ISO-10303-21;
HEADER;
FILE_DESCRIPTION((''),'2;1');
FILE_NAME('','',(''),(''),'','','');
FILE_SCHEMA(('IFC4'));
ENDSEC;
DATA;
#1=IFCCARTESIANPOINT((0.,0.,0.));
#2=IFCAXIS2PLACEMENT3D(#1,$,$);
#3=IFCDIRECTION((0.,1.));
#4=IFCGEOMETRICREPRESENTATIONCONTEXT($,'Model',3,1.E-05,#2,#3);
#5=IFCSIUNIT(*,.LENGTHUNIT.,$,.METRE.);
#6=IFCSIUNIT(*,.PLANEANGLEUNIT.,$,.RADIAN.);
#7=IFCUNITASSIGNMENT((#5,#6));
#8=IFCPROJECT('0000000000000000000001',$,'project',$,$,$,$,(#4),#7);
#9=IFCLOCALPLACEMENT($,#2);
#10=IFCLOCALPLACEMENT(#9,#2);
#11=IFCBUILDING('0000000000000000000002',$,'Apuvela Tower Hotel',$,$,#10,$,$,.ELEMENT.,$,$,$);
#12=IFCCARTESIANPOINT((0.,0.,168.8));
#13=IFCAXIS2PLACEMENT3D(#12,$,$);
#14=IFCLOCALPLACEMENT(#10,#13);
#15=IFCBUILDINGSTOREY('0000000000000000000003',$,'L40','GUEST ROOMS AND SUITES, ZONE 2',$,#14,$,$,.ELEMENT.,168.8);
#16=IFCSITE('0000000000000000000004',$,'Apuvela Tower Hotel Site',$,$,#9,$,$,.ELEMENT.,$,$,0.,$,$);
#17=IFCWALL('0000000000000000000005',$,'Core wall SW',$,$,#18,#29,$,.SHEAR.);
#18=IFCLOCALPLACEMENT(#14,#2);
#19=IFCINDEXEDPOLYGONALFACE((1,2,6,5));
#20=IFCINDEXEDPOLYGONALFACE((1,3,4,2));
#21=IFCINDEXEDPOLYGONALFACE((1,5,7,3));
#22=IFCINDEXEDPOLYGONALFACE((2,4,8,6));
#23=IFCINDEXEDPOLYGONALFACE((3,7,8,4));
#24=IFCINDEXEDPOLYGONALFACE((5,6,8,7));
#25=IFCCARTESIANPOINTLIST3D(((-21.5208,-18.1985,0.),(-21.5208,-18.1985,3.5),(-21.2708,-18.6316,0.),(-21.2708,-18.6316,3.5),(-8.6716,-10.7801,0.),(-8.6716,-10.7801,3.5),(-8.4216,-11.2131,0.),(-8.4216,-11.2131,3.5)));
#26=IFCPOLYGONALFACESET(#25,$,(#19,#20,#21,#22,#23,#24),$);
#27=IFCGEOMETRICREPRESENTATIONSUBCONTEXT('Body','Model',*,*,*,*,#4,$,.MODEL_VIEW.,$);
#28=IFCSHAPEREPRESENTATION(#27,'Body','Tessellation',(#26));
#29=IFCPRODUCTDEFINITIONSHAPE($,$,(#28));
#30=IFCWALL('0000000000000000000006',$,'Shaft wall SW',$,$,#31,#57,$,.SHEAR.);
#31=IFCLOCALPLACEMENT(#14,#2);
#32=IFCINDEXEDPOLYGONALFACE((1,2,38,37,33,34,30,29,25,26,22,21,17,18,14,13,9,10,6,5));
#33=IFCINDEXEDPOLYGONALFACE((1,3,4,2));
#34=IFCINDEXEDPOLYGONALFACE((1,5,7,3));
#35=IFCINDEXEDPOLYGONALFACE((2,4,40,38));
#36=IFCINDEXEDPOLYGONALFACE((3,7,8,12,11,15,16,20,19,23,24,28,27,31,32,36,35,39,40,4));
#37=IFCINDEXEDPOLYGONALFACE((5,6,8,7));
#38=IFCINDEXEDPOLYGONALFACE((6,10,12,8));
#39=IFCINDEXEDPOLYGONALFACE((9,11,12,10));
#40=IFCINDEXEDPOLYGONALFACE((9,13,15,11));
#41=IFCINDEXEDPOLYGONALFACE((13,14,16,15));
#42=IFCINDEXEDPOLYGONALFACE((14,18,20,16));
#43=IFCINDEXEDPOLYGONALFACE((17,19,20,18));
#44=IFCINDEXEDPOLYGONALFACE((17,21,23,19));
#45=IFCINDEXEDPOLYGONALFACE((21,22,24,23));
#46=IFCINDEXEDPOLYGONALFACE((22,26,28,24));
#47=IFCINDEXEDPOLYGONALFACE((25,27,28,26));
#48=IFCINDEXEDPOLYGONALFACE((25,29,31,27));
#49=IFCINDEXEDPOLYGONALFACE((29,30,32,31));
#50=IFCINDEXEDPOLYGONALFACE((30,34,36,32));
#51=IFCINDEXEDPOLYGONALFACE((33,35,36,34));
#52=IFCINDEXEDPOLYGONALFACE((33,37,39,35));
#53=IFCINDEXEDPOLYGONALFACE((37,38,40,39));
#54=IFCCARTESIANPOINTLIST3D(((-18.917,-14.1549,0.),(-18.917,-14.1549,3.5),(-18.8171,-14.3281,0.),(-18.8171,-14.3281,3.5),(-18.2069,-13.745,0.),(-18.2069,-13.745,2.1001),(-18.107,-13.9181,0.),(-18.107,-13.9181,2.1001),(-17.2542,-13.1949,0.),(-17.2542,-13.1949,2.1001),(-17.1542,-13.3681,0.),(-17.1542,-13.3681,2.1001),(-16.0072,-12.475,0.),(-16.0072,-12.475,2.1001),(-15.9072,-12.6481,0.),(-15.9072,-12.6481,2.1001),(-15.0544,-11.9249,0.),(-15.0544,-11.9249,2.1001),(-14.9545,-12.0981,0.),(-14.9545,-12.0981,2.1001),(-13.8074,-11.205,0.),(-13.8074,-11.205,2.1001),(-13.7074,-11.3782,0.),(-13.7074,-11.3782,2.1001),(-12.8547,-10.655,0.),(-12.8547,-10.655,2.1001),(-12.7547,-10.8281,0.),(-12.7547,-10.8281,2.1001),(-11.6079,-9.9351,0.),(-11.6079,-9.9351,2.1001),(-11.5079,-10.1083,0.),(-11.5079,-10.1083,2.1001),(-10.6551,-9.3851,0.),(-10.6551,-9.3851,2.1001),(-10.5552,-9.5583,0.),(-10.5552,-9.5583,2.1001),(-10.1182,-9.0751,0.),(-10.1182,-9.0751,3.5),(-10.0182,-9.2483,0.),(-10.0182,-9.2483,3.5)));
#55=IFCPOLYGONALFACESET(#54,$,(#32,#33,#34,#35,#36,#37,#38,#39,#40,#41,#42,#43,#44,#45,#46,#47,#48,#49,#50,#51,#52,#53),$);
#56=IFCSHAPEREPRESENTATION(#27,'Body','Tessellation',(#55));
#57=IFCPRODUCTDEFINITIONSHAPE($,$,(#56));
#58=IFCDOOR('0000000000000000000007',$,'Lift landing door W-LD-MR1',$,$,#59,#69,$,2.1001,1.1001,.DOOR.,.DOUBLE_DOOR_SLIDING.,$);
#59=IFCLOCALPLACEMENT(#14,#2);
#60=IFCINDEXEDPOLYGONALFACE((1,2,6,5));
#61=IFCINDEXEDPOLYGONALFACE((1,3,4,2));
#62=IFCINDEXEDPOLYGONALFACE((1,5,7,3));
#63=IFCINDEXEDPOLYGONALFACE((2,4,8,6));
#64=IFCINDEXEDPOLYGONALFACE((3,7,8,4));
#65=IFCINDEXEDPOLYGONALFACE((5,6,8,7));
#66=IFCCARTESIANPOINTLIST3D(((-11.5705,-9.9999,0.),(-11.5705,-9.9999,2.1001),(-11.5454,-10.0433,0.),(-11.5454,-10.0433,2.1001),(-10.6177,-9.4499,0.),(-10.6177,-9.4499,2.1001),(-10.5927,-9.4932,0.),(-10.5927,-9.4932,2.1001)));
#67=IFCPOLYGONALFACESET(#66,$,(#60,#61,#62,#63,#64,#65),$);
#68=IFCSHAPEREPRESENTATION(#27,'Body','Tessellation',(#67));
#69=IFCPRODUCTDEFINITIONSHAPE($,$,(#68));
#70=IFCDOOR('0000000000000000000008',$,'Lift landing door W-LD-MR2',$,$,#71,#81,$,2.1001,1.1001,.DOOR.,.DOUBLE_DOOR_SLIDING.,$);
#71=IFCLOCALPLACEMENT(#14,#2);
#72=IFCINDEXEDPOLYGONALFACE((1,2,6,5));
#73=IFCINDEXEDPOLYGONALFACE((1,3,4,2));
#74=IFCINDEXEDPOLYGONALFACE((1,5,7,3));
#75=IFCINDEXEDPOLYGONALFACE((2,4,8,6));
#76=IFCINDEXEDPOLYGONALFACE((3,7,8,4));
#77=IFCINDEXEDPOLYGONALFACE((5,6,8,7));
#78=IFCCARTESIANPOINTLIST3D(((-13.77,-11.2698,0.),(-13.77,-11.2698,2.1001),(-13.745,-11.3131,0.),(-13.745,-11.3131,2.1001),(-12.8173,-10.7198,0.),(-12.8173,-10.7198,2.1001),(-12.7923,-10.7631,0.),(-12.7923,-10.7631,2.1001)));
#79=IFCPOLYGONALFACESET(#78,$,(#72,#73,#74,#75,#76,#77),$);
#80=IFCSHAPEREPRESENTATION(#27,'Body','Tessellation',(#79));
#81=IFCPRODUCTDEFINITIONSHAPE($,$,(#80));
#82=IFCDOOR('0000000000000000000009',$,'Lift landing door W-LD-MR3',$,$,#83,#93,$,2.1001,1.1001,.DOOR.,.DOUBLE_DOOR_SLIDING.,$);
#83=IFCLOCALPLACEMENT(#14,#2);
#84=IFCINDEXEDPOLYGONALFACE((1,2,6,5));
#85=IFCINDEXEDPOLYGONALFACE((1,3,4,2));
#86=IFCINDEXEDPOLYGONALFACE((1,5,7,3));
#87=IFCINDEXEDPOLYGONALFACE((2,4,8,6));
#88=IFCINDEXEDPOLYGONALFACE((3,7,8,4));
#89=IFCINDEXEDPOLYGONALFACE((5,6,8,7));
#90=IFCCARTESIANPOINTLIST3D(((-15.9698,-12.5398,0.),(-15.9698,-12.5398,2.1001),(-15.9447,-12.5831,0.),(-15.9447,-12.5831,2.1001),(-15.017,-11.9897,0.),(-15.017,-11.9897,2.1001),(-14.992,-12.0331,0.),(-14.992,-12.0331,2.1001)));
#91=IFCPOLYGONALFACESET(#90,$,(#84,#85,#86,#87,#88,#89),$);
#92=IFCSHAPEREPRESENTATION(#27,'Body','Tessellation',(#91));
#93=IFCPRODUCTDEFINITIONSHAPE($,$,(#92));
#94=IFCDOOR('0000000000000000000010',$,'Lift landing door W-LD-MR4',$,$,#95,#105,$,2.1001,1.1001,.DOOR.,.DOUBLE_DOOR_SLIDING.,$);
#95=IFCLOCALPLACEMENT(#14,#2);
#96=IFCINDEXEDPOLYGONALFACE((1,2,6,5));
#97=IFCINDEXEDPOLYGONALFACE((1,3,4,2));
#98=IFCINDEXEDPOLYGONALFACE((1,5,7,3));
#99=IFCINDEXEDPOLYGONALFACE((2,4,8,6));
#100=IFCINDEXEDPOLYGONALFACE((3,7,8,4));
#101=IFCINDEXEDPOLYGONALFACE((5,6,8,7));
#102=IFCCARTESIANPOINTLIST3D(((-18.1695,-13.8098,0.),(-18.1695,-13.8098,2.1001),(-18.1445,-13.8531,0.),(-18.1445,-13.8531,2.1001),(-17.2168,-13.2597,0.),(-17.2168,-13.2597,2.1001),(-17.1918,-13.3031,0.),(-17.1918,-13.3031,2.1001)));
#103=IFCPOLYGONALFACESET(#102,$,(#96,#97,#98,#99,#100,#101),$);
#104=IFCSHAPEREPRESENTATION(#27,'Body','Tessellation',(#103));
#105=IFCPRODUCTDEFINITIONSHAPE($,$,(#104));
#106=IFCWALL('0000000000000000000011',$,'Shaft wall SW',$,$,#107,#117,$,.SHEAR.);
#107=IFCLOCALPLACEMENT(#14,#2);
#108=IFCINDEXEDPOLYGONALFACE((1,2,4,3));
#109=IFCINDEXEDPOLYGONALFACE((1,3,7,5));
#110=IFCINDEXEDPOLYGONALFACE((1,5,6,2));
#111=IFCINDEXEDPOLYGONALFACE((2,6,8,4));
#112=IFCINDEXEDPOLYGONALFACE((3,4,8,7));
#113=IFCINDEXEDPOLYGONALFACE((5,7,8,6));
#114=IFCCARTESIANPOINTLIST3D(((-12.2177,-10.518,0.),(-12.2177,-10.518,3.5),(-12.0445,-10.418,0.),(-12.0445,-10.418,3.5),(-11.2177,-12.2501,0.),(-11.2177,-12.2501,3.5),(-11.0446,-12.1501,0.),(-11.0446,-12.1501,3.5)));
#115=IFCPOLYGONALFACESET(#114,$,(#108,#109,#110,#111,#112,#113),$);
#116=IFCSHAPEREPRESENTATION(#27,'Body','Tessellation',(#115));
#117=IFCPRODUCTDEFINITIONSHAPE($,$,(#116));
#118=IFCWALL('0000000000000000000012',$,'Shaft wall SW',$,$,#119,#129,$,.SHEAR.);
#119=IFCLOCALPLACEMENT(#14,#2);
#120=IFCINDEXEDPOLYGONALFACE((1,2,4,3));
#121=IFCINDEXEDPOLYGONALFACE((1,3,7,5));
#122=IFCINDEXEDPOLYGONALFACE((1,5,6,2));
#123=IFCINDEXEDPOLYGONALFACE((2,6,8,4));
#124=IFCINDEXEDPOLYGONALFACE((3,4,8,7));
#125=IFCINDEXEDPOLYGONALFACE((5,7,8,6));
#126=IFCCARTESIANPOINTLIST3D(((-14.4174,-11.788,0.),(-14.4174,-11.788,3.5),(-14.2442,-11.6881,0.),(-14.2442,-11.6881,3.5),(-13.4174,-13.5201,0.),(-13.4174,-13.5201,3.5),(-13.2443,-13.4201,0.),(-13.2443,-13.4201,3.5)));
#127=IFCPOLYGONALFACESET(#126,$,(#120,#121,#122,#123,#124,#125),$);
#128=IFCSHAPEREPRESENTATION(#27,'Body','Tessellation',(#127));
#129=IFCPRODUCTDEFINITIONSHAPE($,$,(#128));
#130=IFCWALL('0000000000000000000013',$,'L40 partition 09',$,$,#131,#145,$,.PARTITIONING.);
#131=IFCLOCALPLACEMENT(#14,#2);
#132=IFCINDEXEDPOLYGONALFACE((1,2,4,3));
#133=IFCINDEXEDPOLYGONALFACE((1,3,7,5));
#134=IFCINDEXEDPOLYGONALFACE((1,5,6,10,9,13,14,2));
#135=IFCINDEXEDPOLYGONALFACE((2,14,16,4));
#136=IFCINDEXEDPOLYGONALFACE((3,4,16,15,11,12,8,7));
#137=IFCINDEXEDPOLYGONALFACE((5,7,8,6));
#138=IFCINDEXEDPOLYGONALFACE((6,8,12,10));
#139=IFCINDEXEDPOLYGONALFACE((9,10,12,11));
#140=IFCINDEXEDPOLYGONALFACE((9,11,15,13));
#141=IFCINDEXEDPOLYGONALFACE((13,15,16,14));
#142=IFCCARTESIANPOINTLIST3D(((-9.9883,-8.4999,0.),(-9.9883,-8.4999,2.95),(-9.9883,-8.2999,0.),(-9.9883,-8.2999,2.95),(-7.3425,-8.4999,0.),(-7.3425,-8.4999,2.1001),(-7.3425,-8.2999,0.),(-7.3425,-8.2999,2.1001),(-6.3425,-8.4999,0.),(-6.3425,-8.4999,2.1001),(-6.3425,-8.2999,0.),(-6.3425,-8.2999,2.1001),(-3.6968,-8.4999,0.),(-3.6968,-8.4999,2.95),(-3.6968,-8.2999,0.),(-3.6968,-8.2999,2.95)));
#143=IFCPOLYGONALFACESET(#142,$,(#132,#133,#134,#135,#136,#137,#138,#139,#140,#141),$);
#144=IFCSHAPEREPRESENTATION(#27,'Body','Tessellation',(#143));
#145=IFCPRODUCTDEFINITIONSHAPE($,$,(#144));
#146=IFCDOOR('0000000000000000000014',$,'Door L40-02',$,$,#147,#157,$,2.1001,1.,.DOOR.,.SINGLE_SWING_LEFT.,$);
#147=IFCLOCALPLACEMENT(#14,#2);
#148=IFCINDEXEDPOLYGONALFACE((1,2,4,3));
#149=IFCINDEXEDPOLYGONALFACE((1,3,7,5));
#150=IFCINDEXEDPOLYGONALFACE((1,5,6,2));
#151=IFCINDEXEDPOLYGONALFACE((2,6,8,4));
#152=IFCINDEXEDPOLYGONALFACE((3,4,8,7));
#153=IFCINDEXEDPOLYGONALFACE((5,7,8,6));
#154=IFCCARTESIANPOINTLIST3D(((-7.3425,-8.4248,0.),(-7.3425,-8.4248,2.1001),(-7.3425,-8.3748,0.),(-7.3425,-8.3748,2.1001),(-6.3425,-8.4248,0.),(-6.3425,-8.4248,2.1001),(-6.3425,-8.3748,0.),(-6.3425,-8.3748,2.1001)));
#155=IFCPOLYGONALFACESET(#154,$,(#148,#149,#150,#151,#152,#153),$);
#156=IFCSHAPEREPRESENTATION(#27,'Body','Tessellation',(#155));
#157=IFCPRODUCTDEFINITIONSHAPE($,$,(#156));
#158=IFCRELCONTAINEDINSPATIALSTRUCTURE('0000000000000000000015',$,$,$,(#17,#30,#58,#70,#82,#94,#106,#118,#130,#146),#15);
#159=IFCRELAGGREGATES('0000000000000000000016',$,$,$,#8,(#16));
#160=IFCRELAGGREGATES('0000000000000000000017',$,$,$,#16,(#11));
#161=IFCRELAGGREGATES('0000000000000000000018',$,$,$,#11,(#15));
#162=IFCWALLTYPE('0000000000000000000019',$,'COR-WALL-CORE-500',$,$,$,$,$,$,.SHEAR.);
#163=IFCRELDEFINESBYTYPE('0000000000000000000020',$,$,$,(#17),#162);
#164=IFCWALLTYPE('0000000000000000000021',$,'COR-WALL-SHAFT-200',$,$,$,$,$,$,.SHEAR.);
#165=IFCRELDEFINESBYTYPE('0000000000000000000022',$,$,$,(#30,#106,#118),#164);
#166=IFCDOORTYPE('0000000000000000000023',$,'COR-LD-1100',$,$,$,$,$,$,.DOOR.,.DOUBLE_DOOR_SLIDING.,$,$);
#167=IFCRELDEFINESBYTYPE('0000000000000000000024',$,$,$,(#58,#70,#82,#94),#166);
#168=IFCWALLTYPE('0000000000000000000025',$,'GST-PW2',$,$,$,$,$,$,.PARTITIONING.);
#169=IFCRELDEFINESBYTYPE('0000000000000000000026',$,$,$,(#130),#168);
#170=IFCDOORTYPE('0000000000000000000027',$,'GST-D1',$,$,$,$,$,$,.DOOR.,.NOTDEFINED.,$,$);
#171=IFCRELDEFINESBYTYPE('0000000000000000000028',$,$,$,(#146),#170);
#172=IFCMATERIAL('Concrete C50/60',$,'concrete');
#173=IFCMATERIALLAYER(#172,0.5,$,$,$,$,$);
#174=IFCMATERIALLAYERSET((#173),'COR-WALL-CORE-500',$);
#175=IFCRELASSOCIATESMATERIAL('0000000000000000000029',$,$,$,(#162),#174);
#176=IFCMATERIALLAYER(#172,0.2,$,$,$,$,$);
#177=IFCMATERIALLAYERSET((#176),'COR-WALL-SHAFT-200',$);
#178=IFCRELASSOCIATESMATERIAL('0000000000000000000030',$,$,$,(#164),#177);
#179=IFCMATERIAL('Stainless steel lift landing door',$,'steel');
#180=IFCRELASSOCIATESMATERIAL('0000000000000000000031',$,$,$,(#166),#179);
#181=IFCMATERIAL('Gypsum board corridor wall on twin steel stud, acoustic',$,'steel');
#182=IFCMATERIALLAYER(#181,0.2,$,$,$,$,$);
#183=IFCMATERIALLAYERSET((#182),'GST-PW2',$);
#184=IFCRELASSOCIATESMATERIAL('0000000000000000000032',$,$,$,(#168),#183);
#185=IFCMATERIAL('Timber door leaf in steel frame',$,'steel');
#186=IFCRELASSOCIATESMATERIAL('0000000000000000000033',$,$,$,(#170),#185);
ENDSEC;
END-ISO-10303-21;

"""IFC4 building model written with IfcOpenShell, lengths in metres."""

from ifc_helpers import new_model, si_unit, direction, frame, frame_2d, origin, place, context, subcontext, project, spatial, rectangle, extrude, material, layer, layer_set, type_object, element, fill, save


model = new_model("IFC4")

# Units and contexts
model_context = context("Model", 3, precision=1e-05, world=origin(), true_north=direction((0.0, 1.0)))
body_context = subcontext(model_context, "Body", "Model", "MODEL_VIEW")
ifc_project = project(units=[si_unit("LENGTHUNIT", "METRE"), si_unit("PLANEANGLEUNIT", "RADIAN")], contexts=[model_context])

# Site, building, storey
site_placement = place(None, origin())
site = spatial("IfcSite", under=ifc_project, at=site_placement, Name="Apuvela Tower Hotel Site", CompositionType="ELEMENT", RefElevation=0.0)
building_placement = place(site_placement, origin())
building = spatial("IfcBuilding", under=site, at=building_placement, Name="Apuvela Tower Hotel", CompositionType="ELEMENT")
storey_placement = place(building_placement, frame((0.0, 0.0, 168.8)))
storey = spatial("IfcBuildingStorey", under=building, at=storey_placement, Name="L40", Description="GUEST ROOMS AND SUITES, ZONE 2", CompositionType="ELEMENT", Elevation=168.8)

# Wall
ifc_material_1 = material(Name="Concrete C50/60", Category="concrete")
ifc_layer_1 = layer(ifc_material_1, 0.5)
ifc_layer_set_1 = layer_set([ifc_layer_1], Name="COR-WALL-CORE-500")
wall_type_1 = type_object("IfcWallType", Name="COR-WALL-CORE-500", PredefinedType="SHEAR", material=ifc_layer_set_1)
wall_1_placement = place(storey_placement, frame((-8.5466, -10.9966, 0.0), z_axis=(0.0, 0.0, 1.0), x_axis=(-0.866025, -0.500001, 0.0)))
element("IfcWall", 1, at=wall_1_placement, inside=storey, type_object=wall_type_1, Name="Core wall SW", PredefinedType="SHEAR", context=body_context, shape_type="SweptSolid", body=[
    extrude(rectangle(XDim=14.8369, YDim=0.5, at=frame_2d((7.4185, 0.0))), origin(), (0.0, 0.0, 1.0), 3.5),
])

# Wall, openings, doors
ifc_layer_2 = layer(ifc_material_1, 0.2)
ifc_layer_set_2 = layer_set([ifc_layer_2], Name="COR-WALL-SHAFT-200")
wall_type_2 = type_object("IfcWallType", Name="COR-WALL-SHAFT-200", PredefinedType="SHEAR", material=ifc_layer_set_2)
wall_2_placement = place(storey_placement, frame((-10.0681, -9.1616, 0.0), z_axis=(0.0, 0.0, 1.0), x_axis=(-0.866033, -0.499987, 0.0)))
wall_2 = element("IfcWall", 2, at=wall_2_placement, inside=storey, type_object=wall_type_2, Name="Shaft wall SW", PredefinedType="SHEAR", context=body_context, shape_type="SweptSolid", body=[
    extrude(rectangle(XDim=10.1599, YDim=0.2, at=frame_2d((5.0801, 0.0))), origin(), (0.0, 0.0, 1.0), 3.5),
])
opening_1_placement = place(wall_2_placement, frame((0.6201, 0.0, 0.0)))
opening_1 = element("IfcOpeningElement", 3, at=opening_1_placement, cuts=wall_2, PredefinedType="OPENING", context=body_context, shape_type="SweptSolid", body=[
    extrude(rectangle(XDim=1.1001, YDim=2.1001, at=frame_2d((0.55, 1.05))), frame((0.0, 0.1099, 0.0), z_axis=(0.0, -1.0, 0.0), x_axis=(1.0, 0.0, 0.0)), (0.0, 0.0, 1.0), 0.22),
])
opening_2_placement = place(wall_2_placement, frame((3.1599, 0.0, 0.0)))
opening_2 = element("IfcOpeningElement", 4, at=opening_2_placement, cuts=wall_2, PredefinedType="OPENING", context=body_context, shape_type="SweptSolid", body=[
    extrude(rectangle(XDim=1.1001, YDim=2.1001, at=frame_2d((0.55, 1.05))), frame((0.0, 0.1099, 0.0), z_axis=(0.0, -1.0, 0.0), x_axis=(1.0, 0.0, 0.0)), (0.0, 0.0, 1.0), 0.22),
])
opening_3_placement = place(wall_2_placement, frame((5.7, 0.0, 0.0)))
opening_3 = element("IfcOpeningElement", 5, at=opening_3_placement, cuts=wall_2, PredefinedType="OPENING", context=body_context, shape_type="SweptSolid", body=[
    extrude(rectangle(XDim=1.1001, YDim=2.1001, at=frame_2d((0.55, 1.05))), frame((0.0, 0.1099, 0.0), z_axis=(0.0, -1.0, 0.0), x_axis=(1.0, 0.0, 0.0)), (0.0, 0.0, 1.0), 0.22),
])
opening_4_placement = place(wall_2_placement, frame((8.24, 0.0, 0.0)))
opening_4 = element("IfcOpeningElement", 6, at=opening_4_placement, cuts=wall_2, PredefinedType="OPENING", context=body_context, shape_type="SweptSolid", body=[
    extrude(rectangle(XDim=1.1001, YDim=2.1001, at=frame_2d((0.55, 1.05))), frame((0.0, 0.1099, 0.0), z_axis=(0.0, -1.0, 0.0), x_axis=(1.0, 0.0, 0.0)), (0.0, 0.0, 1.0), 0.22),
])
ifc_material_2 = material(Name="Stainless steel lift landing door", Category="steel")
door_type_1 = type_object("IfcDoorType", Name="COR-LD-1100", OperationType="DOUBLE_DOOR_SLIDING", PredefinedType="DOOR", material=ifc_material_2)
door_1_placement = place(opening_1_placement, origin())
door_1 = element("IfcDoor", 7, at=door_1_placement, inside=storey, type_object=door_type_1, Name="Lift landing door W-LD-MR1", OperationType="DOUBLE_DOOR_SLIDING", OverallHeight=2.1001, OverallWidth=1.1001, PredefinedType="DOOR", context=body_context, shape_type="SweptSolid", body=[
    extrude(rectangle(XDim=1.1001, YDim=2.1001, at=frame_2d((0.55, 1.05))), frame((0.0, 0.0249, 0.0), z_axis=(0.0, -1.0, 0.0), x_axis=(1.0, 0.0, 0.0)), (0.0, 0.0, 1.0), 0.05),
])
fill(opening_1, door_1)
door_2_placement = place(opening_2_placement, origin())
door_2 = element("IfcDoor", 8, at=door_2_placement, inside=storey, type_object=door_type_1, Name="Lift landing door W-LD-MR2", OperationType="DOUBLE_DOOR_SLIDING", OverallHeight=2.1001, OverallWidth=1.1001, PredefinedType="DOOR", context=body_context, shape_type="SweptSolid", body=[
    extrude(rectangle(XDim=1.1001, YDim=2.1001, at=frame_2d((0.55, 1.05))), frame((0.0, 0.0249, 0.0), z_axis=(0.0, -1.0, 0.0), x_axis=(1.0, 0.0, 0.0)), (0.0, 0.0, 1.0), 0.05),
])
fill(opening_2, door_2)
door_3_placement = place(opening_3_placement, origin())
door_3 = element("IfcDoor", 9, at=door_3_placement, inside=storey, type_object=door_type_1, Name="Lift landing door W-LD-MR3", OperationType="DOUBLE_DOOR_SLIDING", OverallHeight=2.1001, OverallWidth=1.1001, PredefinedType="DOOR", context=body_context, shape_type="SweptSolid", body=[
    extrude(rectangle(XDim=1.1001, YDim=2.1001, at=frame_2d((0.55, 1.05))), frame((0.0, 0.0249, 0.0), z_axis=(0.0, -1.0, 0.0), x_axis=(1.0, 0.0, 0.0)), (0.0, 0.0, 1.0), 0.05),
])
fill(opening_3, door_3)
door_4_placement = place(opening_4_placement, origin())
door_4 = element("IfcDoor", 10, at=door_4_placement, inside=storey, type_object=door_type_1, Name="Lift landing door W-LD-MR4", OperationType="DOUBLE_DOOR_SLIDING", OverallHeight=2.1001, OverallWidth=1.1001, PredefinedType="DOOR", context=body_context, shape_type="SweptSolid", body=[
    extrude(rectangle(XDim=1.1001, YDim=2.1001, at=frame_2d((0.55, 1.05))), frame((0.0, 0.0249, 0.0), z_axis=(0.0, -1.0, 0.0), x_axis=(1.0, 0.0, 0.0)), (0.0, 0.0, 1.0), 0.05),
])
fill(opening_4, door_4)

# Walls
for number, where, z_axis, x_axis, name in (
    (11, (-12.1311, -10.468, 0.0), (0.0, 0.0, 1.0), (0.499973, -0.866041, 0.0), "Shaft wall SW"),
    (12, (-14.3308, -11.738, 0.0), (0.0, 0.0, 1.0), (0.499973, -0.866041, 0.0), "Shaft wall SW"),
):
    element("IfcWall", number, at=place(storey_placement, frame(where, z_axis=z_axis, x_axis=x_axis)), inside=storey, type_object=wall_type_2, Name=name, PredefinedType="SHEAR", context=body_context, shape_type="SweptSolid", body=[
        extrude(rectangle(XDim=2.0, YDim=0.2, at=frame_2d((1.0, 0.0))), origin(), (0.0, 0.0, 1.0), 3.5),
    ])

# Wall, opening, door
ifc_material_3 = material(Name="Gypsum board corridor wall on twin steel stud, acoustic", Category="steel")
ifc_layer_3 = layer(ifc_material_3, 0.2)
ifc_layer_set_3 = layer_set([ifc_layer_3], Name="GST-PW2")
wall_type_3 = type_object("IfcWallType", Name="GST-PW2", PredefinedType="PARTITIONING", material=ifc_layer_set_3)
wall_3_placement = place(storey_placement, frame((-3.6968, -8.3999, 0.0), z_axis=(0.0, 0.0, 1.0), x_axis=(-1.0, 0.0, 0.0)))
wall_3 = element("IfcWall", 13, at=wall_3_placement, inside=storey, type_object=wall_type_3, Name="L40 partition 09", PredefinedType="PARTITIONING", context=body_context, shape_type="SweptSolid", body=[
    extrude(rectangle(XDim=6.2915, YDim=0.2, at=frame_2d((3.1458, 0.0))), origin(), (0.0, 0.0, 1.0), 2.95),
])
opening_5_placement = place(wall_3_placement, frame((2.6458, 0.0, 0.0)))
opening_5 = element("IfcOpeningElement", 14, at=opening_5_placement, cuts=wall_3, PredefinedType="OPENING", context=body_context, shape_type="SweptSolid", body=[
    extrude(rectangle(XDim=1.0, YDim=2.1001, at=frame_2d((0.5, 1.05))), frame((0.0, 0.1099, 0.0), z_axis=(0.0, -1.0, 0.0), x_axis=(1.0, 0.0, 0.0)), (0.0, 0.0, 1.0), 0.22),
])
ifc_material_4 = material(Name="Timber door leaf in steel frame", Category="steel")
door_type_2 = type_object("IfcDoorType", Name="GST-D1", OperationType="NOTDEFINED", PredefinedType="DOOR", material=ifc_material_4)
door_5_placement = place(opening_5_placement, origin())
door_5 = element("IfcDoor", 15, at=door_5_placement, inside=storey, type_object=door_type_2, Name="Door L40-02", OperationType="SINGLE_SWING_LEFT", OverallHeight=2.1001, OverallWidth=1.0, PredefinedType="DOOR", context=body_context, shape_type="SweptSolid", body=[
    extrude(rectangle(XDim=1.0, YDim=2.1001, at=frame_2d((0.5, 1.05))), frame((0.0, 0.0249, 0.0), z_axis=(0.0, -1.0, 0.0), x_axis=(1.0, 0.0, 0.0)), (0.0, 0.0, 1.0), 0.05),
])
fill(opening_5, door_5)

save(model, "model.ifc")
